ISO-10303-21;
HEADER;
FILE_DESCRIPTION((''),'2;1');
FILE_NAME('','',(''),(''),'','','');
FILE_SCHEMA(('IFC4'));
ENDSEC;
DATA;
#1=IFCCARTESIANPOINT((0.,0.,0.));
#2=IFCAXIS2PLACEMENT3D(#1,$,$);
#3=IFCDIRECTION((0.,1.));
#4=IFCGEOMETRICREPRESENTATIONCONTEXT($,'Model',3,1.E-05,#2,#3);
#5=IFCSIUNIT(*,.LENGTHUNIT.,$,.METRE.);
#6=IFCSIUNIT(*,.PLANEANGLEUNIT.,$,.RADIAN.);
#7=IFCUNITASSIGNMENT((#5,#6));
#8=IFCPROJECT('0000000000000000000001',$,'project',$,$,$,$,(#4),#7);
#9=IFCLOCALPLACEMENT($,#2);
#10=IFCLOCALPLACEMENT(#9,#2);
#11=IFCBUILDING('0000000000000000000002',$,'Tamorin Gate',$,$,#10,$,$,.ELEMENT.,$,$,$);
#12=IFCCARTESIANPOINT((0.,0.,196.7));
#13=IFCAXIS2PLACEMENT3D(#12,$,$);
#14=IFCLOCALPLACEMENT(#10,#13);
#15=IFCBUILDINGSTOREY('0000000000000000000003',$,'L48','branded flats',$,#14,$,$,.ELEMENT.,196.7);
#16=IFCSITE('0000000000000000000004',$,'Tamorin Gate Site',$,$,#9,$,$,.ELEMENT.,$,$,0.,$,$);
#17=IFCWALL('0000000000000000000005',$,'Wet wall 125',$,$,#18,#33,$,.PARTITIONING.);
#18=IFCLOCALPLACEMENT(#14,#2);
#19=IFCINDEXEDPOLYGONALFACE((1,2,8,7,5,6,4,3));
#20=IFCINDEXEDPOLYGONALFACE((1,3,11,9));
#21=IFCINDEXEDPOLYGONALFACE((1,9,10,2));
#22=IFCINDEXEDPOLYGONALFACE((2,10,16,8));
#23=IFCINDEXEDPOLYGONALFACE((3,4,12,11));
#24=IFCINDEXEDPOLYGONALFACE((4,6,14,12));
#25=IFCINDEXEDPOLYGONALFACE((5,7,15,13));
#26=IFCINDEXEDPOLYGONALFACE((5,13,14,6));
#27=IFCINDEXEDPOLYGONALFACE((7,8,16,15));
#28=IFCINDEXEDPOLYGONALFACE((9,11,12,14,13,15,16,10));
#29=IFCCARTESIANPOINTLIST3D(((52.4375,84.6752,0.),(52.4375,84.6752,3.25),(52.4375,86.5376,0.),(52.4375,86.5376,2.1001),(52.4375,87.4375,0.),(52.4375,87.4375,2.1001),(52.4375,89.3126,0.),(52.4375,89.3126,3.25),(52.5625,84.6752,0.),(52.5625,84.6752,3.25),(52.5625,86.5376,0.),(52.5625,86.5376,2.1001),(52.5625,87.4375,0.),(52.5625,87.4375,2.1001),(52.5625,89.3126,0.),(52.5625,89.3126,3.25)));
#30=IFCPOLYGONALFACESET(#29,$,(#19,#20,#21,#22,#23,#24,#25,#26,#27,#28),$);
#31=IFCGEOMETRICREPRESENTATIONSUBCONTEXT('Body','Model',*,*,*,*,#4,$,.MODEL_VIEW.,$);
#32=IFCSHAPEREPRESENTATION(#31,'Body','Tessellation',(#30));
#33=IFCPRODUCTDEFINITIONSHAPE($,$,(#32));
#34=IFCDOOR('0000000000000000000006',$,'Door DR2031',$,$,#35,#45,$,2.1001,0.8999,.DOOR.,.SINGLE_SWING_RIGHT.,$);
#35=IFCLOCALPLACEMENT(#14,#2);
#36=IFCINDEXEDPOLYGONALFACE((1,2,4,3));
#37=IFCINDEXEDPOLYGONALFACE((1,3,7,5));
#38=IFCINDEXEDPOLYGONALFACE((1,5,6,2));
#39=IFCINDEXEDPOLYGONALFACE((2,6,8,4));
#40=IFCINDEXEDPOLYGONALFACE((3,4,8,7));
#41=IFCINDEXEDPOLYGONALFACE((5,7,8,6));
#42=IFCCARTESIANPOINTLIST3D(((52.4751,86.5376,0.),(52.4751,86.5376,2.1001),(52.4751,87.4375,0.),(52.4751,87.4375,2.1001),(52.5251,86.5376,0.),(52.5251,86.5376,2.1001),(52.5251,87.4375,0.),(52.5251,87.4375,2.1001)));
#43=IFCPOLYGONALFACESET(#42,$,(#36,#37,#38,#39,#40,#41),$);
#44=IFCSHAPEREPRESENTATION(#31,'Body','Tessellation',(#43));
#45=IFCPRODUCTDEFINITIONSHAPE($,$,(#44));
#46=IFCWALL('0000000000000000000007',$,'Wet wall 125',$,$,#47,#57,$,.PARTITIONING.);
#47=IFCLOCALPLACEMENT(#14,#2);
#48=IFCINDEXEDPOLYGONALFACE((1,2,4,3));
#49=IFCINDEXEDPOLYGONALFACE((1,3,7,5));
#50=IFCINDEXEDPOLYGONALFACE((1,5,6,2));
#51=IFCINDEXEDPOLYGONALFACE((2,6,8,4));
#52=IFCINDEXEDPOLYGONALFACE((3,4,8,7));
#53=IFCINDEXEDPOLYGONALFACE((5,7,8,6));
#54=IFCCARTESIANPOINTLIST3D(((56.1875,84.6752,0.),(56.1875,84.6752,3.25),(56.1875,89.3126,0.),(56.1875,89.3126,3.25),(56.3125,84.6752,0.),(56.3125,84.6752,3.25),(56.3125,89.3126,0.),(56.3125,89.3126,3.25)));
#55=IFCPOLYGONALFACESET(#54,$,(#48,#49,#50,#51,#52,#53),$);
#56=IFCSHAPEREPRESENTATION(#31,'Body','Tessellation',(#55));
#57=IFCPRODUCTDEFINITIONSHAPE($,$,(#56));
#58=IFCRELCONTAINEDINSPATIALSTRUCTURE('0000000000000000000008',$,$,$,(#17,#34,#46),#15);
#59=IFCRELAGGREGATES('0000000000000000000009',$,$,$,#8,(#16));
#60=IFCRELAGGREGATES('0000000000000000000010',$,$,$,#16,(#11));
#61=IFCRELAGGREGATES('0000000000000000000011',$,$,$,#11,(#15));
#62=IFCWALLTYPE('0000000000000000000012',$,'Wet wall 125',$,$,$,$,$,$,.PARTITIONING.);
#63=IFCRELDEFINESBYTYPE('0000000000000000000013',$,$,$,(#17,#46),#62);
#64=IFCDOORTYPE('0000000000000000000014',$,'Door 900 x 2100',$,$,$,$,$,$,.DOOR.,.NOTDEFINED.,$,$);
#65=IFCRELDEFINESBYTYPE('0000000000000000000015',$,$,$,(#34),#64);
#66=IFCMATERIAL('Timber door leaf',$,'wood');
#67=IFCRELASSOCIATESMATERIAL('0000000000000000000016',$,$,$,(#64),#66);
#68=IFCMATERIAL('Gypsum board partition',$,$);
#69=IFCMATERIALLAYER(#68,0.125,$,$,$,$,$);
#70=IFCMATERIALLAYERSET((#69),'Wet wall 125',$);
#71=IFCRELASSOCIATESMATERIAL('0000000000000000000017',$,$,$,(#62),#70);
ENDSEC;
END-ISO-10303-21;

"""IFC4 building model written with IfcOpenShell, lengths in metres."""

from ifc_helpers import new_model, si_unit, direction, frame, frame_2d, origin, place, context, subcontext, project, spatial, rectangle, extrude, material, layer, layer_set, type_object, element, fill, save


model = new_model("IFC4")

# Units and contexts
model_context = context("Model", 3, precision=1e-05, world=origin(), true_north=direction((0.0, 1.0)))
body_context = subcontext(model_context, "Body", "Model", "MODEL_VIEW")
ifc_project = project(units=[si_unit("LENGTHUNIT", "METRE"), si_unit("PLANEANGLEUNIT", "RADIAN")], contexts=[model_context])

# Site, building, storey
site_placement = place(None, origin())
site = spatial("IfcSite", under=ifc_project, at=site_placement, Name="Tamorin Gate Site", CompositionType="ELEMENT", RefElevation=0.0)
building_placement = place(site_placement, origin())
building = spatial("IfcBuilding", under=site, at=building_placement, Name="Tamorin Gate", CompositionType="ELEMENT")
storey_placement = place(building_placement, frame((0.0, 0.0, 196.7)))
storey = spatial("IfcBuildingStorey", under=building, at=storey_placement, Name="L48", Description="branded flats", CompositionType="ELEMENT", Elevation=196.7)

# Shared definitions
ifc_material_1 = material(Name="Gypsum board partition")

# Wall, opening, door
ifc_material_2 = material(Name="Timber door leaf", Category="wood")
door_type = type_object("IfcDoorType", Name="Door 900 x 2100", OperationType="NOTDEFINED", PredefinedType="DOOR", material=ifc_material_2)
ifc_layer_1 = layer(ifc_material_1, 0.125)
ifc_layer_set_1 = layer_set([ifc_layer_1], Name="Wet wall 125")
wall_type_1 = type_object("IfcWallType", Name="Wet wall 125", PredefinedType="PARTITIONING", material=ifc_layer_set_1)
wall_1_placement = place(storey_placement, frame((52.5, 84.675, 0.0), z_axis=(0.0, 0.0, 1.0), x_axis=(0.0, 1.0, 0.0)))
wall_1 = element("IfcWall", 1, at=wall_1_placement, inside=storey, type_object=wall_type_1, Name="Wet wall 125", PredefinedType="PARTITIONING", context=body_context, shape_type="SweptSolid", body=[
    extrude(rectangle(XDim=4.6375, YDim=0.125, at=frame_2d((2.3188, 0.0))), origin(), (0.0, 0.0, 1.0), 3.25),
])
opening_1_placement = place(wall_1_placement, frame((1.8625, 0.0, 0.0)))
opening_1 = element("IfcOpeningElement", 2, at=opening_1_placement, cuts=wall_1, PredefinedType="OPENING", context=body_context, shape_type="SweptSolid", body=[
    extrude(rectangle(XDim=0.8999, YDim=2.1001, at=frame_2d((0.45, 1.05))), frame((0.0, 0.0725, 0.0), z_axis=(0.0, -1.0, 0.0), x_axis=(1.0, 0.0, 0.0)), (0.0, 0.0, 1.0), 0.145),
])
door_1_placement = place(opening_1_placement, origin())
door_1 = element("IfcDoor", 3, at=door_1_placement, inside=storey, type_object=door_type, Name="Door DR2031", OperationType="SINGLE_SWING_RIGHT", OverallHeight=2.1001, OverallWidth=0.8999, PredefinedType="DOOR", context=body_context, shape_type="SweptSolid", body=[
    extrude(rectangle(XDim=0.8999, YDim=2.1001, at=frame_2d((0.45, 1.05))), frame((0.0, 0.0249, 0.0), z_axis=(0.0, -1.0, 0.0), x_axis=(1.0, 0.0, 0.0)), (0.0, 0.0, 1.0), 0.05),
])
fill(opening_1, door_1)

# Wall
wall_2_placement = place(storey_placement, frame((56.25, 84.675, 0.0), z_axis=(0.0, 0.0, 1.0), x_axis=(0.0, 1.0, 0.0)))
element("IfcWall", 4, at=wall_2_placement, inside=storey, type_object=wall_type_1, Name="Wet wall 125", PredefinedType="PARTITIONING", context=body_context, shape_type="SweptSolid", body=[
    extrude(rectangle(XDim=4.6375, YDim=0.125, at=frame_2d((2.3188, 0.0))), origin(), (0.0, 0.0, 1.0), 3.25),
])

save(model, "model.ifc")
